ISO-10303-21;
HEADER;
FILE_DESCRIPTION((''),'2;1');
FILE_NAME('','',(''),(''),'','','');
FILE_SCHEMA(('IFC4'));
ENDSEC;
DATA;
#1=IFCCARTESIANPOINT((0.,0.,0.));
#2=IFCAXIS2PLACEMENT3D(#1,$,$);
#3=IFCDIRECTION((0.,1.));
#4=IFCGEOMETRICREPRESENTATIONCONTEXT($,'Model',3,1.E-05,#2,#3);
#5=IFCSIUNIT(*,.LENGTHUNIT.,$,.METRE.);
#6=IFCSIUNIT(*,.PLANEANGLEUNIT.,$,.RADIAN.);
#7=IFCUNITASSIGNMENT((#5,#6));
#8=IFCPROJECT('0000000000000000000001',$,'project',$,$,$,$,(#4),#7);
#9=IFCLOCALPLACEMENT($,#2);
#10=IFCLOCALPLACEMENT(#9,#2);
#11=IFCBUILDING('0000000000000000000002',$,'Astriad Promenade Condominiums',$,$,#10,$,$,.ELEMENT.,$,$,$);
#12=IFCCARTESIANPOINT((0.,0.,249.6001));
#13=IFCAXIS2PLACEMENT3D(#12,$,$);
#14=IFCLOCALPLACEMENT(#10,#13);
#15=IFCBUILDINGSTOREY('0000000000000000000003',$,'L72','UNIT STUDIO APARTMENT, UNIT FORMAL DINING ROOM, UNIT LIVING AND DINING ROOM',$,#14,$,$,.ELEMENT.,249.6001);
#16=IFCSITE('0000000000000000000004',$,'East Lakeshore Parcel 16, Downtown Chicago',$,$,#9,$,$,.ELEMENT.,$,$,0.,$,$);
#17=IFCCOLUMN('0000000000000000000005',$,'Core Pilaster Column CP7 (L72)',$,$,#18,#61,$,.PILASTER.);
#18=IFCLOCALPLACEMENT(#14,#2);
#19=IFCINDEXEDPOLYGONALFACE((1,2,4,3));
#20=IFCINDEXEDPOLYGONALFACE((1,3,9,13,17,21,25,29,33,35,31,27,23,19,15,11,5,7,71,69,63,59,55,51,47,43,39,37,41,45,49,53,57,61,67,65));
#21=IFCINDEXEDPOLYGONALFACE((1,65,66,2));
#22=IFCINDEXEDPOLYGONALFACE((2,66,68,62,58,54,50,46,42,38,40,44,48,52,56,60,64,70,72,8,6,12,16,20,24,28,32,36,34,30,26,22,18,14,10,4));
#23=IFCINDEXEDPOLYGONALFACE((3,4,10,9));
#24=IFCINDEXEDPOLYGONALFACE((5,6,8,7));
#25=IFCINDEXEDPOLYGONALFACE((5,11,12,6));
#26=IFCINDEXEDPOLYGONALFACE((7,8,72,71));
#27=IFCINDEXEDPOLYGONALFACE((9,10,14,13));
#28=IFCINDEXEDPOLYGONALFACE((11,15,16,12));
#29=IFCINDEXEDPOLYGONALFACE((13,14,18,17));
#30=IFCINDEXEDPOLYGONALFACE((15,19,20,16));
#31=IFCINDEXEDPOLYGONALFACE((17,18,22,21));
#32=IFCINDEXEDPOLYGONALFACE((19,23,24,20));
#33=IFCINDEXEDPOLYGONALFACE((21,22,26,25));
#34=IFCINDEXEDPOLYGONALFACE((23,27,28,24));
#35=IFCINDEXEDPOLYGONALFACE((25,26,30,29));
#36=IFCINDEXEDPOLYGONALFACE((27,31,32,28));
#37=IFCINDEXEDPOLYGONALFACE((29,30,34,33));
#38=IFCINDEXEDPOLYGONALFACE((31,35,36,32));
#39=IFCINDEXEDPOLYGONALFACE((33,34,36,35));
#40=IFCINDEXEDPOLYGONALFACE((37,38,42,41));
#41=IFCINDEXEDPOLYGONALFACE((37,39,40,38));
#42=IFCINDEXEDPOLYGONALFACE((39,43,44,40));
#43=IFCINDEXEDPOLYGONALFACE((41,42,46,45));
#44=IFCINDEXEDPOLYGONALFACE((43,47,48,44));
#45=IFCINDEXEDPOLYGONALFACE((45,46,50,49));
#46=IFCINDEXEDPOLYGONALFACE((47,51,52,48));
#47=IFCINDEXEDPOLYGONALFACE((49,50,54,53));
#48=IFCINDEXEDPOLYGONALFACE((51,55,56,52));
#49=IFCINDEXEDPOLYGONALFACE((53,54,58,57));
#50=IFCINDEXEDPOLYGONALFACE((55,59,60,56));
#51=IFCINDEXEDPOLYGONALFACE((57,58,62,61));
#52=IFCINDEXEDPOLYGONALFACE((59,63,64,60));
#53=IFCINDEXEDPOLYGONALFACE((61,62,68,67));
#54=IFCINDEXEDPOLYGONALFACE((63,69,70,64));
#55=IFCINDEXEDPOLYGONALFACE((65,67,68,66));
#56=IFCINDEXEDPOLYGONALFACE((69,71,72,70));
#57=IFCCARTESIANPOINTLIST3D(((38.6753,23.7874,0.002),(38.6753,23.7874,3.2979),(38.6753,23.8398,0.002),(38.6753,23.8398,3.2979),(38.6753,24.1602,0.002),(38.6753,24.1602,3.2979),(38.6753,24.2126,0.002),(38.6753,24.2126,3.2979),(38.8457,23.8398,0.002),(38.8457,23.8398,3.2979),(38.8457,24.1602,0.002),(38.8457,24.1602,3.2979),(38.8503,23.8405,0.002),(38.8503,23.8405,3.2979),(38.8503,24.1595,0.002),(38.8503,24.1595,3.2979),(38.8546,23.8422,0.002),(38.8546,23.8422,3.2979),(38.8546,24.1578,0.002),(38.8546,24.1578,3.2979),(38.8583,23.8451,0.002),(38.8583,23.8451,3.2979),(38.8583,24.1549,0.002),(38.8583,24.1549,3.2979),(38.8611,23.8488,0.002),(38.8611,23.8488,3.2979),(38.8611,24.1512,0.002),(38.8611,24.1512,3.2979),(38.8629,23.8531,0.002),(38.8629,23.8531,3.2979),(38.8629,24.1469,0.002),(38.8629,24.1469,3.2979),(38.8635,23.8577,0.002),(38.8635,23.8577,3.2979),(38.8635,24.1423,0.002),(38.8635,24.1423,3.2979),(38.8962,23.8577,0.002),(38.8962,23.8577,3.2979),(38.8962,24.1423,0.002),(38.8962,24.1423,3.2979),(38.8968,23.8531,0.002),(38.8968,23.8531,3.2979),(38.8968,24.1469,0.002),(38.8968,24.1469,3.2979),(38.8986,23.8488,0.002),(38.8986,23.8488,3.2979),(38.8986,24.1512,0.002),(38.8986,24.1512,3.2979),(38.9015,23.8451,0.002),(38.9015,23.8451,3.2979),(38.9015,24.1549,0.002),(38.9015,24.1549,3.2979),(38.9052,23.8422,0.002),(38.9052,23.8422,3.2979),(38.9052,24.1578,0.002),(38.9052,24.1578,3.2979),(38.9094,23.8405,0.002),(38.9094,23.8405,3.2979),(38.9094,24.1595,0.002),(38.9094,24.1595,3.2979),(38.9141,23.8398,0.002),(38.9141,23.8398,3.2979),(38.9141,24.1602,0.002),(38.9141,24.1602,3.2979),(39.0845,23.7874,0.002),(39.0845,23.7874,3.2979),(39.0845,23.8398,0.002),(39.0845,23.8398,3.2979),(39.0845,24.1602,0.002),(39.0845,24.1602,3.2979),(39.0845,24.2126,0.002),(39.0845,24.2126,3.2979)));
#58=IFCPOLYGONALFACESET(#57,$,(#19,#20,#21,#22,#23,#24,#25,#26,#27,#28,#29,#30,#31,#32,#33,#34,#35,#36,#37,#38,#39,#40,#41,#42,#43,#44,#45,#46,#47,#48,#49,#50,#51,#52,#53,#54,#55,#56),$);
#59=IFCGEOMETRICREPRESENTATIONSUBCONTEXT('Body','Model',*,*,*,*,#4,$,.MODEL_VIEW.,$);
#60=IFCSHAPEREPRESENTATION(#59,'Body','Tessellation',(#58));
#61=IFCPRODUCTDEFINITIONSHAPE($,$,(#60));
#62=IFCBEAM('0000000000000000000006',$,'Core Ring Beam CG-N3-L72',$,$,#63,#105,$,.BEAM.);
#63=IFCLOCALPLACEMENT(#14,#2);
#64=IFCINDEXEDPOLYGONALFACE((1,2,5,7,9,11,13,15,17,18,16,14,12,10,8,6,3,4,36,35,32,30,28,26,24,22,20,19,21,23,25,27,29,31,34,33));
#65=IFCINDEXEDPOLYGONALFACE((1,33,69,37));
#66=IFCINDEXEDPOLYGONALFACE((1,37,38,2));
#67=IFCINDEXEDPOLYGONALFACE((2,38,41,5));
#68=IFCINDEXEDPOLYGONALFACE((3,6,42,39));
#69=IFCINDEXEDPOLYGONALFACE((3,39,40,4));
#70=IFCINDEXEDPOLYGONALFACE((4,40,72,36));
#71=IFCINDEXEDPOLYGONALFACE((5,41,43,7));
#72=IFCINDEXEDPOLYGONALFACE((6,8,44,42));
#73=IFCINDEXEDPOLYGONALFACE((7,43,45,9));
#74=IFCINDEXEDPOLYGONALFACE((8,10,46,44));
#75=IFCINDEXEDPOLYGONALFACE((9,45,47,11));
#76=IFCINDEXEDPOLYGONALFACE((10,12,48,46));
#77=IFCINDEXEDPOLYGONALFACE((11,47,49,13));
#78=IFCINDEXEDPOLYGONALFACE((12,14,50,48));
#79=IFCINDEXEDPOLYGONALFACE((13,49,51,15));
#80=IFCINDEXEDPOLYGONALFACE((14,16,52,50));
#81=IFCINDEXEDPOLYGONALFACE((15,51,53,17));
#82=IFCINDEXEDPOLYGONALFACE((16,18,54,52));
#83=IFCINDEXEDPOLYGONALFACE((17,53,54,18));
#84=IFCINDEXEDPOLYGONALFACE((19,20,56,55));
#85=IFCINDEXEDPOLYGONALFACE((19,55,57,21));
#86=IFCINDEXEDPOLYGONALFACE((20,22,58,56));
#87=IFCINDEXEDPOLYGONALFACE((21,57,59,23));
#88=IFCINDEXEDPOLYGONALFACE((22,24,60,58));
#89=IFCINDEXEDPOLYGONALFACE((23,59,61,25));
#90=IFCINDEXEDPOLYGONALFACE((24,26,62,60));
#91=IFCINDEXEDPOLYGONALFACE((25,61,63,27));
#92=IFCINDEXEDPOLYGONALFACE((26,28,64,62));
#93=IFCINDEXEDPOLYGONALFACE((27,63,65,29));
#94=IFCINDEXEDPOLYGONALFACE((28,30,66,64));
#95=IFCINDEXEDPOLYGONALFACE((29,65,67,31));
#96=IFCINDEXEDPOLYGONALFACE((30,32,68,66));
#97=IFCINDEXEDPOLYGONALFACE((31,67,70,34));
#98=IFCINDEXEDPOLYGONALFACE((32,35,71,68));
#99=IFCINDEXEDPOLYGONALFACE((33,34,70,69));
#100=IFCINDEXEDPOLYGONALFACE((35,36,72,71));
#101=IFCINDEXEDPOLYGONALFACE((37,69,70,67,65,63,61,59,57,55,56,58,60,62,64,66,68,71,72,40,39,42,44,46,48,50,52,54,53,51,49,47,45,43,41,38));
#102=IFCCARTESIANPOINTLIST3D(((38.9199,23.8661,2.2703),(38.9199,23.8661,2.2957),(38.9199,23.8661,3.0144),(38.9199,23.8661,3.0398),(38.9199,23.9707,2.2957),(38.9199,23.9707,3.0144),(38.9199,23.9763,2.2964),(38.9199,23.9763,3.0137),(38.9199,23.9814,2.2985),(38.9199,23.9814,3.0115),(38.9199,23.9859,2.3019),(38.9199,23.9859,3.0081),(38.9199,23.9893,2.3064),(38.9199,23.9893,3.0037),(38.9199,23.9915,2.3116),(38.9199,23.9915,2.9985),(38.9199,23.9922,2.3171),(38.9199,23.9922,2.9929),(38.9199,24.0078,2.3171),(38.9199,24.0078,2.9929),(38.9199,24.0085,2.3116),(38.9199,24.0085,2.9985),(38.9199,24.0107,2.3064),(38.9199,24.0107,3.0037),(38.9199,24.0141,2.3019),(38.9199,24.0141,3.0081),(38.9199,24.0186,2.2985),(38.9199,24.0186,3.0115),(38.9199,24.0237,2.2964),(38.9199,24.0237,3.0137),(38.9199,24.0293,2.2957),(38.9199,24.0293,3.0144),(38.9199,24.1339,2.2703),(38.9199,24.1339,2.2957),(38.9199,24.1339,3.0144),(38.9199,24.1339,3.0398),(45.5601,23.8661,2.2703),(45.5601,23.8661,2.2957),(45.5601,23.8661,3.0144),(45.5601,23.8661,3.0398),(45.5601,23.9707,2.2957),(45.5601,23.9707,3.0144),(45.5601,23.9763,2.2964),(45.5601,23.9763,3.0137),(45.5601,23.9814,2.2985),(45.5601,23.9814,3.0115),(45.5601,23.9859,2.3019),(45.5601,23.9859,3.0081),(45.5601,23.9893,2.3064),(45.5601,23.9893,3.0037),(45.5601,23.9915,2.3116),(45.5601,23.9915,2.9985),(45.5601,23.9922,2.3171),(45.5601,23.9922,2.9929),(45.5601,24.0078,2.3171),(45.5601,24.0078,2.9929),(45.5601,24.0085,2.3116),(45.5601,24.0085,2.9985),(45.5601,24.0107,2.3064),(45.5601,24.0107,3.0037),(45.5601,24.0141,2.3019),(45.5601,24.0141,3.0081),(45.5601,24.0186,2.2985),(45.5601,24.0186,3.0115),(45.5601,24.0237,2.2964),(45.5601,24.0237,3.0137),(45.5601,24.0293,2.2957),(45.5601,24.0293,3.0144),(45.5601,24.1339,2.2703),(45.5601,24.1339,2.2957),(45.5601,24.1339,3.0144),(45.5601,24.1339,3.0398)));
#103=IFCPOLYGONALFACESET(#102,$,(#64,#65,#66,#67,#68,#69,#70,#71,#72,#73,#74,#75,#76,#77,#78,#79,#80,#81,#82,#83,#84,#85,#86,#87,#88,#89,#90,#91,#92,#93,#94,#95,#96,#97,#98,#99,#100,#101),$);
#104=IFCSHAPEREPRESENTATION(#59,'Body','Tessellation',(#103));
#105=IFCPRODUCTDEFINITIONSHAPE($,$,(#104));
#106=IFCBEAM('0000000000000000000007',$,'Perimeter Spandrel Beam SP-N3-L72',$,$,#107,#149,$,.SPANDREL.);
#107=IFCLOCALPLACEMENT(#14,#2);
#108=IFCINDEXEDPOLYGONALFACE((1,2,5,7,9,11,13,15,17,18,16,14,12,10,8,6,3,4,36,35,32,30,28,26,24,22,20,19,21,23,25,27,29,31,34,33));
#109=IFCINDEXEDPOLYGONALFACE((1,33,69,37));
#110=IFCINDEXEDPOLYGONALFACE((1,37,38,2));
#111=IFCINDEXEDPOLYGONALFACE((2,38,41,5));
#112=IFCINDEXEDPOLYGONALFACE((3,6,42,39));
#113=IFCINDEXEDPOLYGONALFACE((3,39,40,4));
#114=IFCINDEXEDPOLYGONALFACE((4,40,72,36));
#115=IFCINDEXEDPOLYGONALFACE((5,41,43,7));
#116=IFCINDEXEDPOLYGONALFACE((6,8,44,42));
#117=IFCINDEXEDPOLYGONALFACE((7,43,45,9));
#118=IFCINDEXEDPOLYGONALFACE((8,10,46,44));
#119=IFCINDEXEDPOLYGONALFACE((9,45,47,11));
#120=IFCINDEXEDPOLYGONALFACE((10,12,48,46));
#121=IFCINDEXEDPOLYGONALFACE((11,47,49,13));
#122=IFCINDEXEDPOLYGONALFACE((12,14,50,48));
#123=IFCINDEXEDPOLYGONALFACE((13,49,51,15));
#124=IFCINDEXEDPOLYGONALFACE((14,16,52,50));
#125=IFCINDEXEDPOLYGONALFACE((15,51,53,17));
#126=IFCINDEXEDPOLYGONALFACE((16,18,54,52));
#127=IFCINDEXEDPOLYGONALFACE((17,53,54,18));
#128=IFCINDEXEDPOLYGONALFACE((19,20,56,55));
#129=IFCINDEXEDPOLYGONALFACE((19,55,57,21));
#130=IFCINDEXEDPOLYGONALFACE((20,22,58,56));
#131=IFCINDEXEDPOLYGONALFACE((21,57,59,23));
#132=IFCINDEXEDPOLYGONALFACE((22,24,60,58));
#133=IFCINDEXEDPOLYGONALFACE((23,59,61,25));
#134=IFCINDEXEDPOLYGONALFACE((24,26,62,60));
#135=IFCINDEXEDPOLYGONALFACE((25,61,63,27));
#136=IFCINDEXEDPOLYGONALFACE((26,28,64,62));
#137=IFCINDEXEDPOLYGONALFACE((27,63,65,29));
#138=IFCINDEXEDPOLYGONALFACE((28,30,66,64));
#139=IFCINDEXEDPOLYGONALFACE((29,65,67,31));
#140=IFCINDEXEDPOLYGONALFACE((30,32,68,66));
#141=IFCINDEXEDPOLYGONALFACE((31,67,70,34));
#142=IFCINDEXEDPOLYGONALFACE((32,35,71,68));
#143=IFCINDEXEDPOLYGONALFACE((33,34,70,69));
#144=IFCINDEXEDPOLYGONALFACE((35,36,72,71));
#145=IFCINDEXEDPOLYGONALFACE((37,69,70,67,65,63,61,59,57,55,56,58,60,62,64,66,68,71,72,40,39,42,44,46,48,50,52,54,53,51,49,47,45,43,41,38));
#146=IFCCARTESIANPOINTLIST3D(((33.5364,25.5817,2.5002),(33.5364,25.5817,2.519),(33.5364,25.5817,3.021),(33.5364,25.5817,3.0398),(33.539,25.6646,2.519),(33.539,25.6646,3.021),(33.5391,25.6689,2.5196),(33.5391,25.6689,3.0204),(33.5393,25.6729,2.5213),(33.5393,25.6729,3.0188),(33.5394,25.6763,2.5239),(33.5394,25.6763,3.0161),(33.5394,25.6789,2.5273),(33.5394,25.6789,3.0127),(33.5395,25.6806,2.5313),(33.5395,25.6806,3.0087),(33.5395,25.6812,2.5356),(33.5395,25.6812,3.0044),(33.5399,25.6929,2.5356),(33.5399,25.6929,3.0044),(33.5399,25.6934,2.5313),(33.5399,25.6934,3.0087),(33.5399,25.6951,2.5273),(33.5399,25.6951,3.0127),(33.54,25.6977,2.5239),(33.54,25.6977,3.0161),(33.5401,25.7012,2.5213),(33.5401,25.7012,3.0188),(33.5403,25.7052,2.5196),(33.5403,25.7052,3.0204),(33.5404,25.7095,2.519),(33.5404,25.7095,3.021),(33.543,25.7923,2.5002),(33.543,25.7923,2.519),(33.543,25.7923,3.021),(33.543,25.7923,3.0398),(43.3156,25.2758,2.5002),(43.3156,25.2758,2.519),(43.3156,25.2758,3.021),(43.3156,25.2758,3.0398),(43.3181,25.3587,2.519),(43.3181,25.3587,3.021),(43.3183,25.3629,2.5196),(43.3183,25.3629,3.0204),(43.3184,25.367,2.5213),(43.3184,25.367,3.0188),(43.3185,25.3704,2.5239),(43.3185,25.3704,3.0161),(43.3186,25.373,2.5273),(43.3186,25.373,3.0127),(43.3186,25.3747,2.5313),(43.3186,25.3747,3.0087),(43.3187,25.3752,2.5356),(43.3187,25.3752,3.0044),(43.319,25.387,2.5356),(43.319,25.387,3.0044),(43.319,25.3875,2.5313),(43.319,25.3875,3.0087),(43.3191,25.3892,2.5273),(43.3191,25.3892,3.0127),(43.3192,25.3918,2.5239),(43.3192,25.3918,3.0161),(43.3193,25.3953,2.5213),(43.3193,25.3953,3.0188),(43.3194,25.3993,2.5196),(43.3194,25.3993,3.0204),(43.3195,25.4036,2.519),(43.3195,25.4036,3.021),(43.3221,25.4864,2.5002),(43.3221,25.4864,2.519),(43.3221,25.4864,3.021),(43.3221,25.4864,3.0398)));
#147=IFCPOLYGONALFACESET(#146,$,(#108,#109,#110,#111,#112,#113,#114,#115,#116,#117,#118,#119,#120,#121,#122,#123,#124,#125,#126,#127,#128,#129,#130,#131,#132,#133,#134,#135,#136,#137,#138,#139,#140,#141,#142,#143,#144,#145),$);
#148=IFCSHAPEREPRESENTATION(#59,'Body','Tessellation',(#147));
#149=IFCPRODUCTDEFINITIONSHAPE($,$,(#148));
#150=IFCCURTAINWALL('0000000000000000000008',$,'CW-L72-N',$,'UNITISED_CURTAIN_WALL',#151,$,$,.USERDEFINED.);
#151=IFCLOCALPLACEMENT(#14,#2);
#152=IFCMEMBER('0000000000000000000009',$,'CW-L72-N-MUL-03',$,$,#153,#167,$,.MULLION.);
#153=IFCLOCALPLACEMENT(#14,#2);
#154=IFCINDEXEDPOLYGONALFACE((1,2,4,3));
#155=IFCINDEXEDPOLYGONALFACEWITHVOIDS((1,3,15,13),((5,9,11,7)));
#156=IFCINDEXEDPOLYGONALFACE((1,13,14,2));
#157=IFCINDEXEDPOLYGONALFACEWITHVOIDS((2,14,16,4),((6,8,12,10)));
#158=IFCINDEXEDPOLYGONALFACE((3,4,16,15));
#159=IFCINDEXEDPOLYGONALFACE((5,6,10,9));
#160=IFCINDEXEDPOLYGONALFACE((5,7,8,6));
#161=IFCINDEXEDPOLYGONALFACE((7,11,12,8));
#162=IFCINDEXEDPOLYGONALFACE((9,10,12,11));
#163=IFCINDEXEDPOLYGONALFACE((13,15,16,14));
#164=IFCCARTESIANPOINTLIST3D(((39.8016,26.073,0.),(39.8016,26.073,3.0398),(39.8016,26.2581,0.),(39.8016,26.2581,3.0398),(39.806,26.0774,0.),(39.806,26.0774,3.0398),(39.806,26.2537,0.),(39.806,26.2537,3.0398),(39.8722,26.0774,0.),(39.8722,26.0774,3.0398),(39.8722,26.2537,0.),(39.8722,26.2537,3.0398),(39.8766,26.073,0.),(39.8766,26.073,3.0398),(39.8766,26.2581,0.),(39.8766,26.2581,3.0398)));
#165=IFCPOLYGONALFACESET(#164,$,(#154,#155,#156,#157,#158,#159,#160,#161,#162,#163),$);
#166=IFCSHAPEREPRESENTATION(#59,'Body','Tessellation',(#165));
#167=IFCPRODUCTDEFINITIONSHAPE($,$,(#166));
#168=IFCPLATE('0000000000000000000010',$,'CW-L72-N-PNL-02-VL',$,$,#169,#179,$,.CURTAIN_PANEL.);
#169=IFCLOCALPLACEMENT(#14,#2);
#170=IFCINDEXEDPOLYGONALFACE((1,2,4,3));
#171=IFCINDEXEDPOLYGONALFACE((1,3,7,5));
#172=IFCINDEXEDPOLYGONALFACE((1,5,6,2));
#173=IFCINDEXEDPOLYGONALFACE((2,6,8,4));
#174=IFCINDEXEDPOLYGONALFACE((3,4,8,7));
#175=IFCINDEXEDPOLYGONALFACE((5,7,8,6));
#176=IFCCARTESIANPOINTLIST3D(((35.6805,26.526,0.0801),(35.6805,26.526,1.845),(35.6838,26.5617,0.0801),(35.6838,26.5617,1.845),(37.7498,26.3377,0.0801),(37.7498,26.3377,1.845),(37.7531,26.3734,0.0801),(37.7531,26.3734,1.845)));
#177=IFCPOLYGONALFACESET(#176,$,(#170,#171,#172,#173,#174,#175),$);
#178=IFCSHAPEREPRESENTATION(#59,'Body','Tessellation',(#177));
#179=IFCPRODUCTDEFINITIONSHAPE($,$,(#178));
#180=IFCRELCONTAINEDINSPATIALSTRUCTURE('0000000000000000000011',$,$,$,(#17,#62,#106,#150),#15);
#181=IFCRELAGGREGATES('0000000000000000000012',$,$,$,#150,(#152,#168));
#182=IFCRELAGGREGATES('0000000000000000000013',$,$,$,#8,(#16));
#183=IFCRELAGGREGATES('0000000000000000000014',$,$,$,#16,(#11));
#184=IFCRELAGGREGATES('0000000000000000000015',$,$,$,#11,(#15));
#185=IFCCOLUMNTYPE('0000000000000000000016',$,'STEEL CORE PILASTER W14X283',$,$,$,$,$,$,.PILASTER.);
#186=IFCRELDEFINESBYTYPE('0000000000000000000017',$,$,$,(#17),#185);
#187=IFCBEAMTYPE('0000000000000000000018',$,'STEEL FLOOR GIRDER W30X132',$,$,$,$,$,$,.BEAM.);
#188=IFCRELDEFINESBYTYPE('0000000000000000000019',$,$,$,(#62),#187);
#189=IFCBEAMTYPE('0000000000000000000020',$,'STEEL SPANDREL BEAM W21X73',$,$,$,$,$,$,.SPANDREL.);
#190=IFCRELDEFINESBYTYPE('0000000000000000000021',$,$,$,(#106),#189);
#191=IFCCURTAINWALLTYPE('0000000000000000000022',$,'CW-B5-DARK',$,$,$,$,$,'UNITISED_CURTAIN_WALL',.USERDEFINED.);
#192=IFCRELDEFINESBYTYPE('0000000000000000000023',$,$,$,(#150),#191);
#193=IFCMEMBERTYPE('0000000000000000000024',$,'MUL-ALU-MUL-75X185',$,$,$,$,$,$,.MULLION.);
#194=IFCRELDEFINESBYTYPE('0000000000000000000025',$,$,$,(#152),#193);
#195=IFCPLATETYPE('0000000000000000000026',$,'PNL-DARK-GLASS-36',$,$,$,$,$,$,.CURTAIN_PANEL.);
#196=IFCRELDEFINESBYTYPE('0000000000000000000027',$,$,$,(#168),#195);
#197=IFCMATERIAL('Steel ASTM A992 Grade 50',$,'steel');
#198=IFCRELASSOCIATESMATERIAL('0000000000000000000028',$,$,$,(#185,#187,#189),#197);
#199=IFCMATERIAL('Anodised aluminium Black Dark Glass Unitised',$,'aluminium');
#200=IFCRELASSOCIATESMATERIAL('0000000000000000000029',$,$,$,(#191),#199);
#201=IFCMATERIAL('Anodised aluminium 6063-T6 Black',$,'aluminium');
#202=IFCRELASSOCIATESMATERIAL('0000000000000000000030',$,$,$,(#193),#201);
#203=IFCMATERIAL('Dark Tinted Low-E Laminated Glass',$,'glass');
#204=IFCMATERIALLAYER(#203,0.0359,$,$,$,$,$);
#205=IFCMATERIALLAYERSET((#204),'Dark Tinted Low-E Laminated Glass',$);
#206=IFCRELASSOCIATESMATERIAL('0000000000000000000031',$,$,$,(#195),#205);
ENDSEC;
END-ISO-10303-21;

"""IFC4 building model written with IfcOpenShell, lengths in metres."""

from ifc_helpers import new_model, si_unit, direction, frame, origin, origin_2d, place, context, subcontext, project, spatial, rectangle, hollow_rectangle, i_section, extrude, source, transform, mapped, material, layer, layer_set, material_profile, profile_set, type_object, type_shapes, element, aggregate, save


model = new_model("IFC4")

# Units and contexts
model_context = context("Model", 3, precision=1e-05, world=origin(), true_north=direction((0.0, 1.0)))
body_context = subcontext(model_context, "Body", "Model", "MODEL_VIEW")
ifc_project = project(units=[si_unit("LENGTHUNIT", "METRE"), si_unit("PLANEANGLEUNIT", "RADIAN")], contexts=[model_context])

# Site, building, storey
site_placement = place(None, origin())
site = spatial("IfcSite", under=ifc_project, at=site_placement, Name="East Lakeshore Parcel 16, Downtown Chicago", CompositionType="ELEMENT", RefElevation=0.0)
building_placement = place(site_placement, origin())
building = spatial("IfcBuilding", under=site, at=building_placement, Name="Astriad Promenade Condominiums", CompositionType="ELEMENT")
storey_placement = place(building_placement, frame((0.0, 0.0, 249.6001)))
storey = spatial("IfcBuildingStorey", under=building, at=storey_placement, Name="L72", Description="UNIT STUDIO APARTMENT, UNIT FORMAL DINING ROOM, UNIT LIVING AND DINING ROOM", CompositionType="ELEMENT", Elevation=249.6001)

# Column
ifc_material_1 = material(Name="Steel ASTM A992 Grade 50", Category="steel")
ifc_material_profile_1 = material_profile(ifc_material_1, i_section(OverallWidth=0.4092, OverallDepth=0.4253, WebThickness=0.0327, FlangeThickness=0.0525, FilletRadius=0.0178, at=origin_2d()), Name="W14X283")
ifc_profile_set_1 = profile_set([ifc_material_profile_1], Name="Steel ASTM A992 Grade 50")
column_type = type_object("IfcColumnType", Name="STEEL CORE PILASTER W14X283", PredefinedType="PILASTER", material=ifc_profile_set_1)
shared_shape_1 = source(origin(), body_context, "Body", "SweptSolid", [
    extrude(i_section(OverallWidth=0.4092, OverallDepth=0.4253, WebThickness=0.0327, FlangeThickness=0.0525, FilletRadius=0.0178, at=origin_2d()), origin(), (0.0, 0.0, 1.0), 3.2959),
])
type_shapes(column_type, [shared_shape_1])
column_placement = place(storey_placement, frame((38.8799, 24.0, 0.002), z_axis=(0.0, 0.0, 1.0), x_axis=(1.0, 0.0, 0.0)))
element("IfcColumn", 1, at=column_placement, inside=storey, type_object=column_type, Name="Core Pilaster Column CP7 (L72)", PredefinedType="PILASTER", context=body_context, shape_type="MappedRepresentation", body=[
    mapped(shared_shape_1, transform((0.0, 0.0, 0.0), scale=1.0)),
])

# Beams
ifc_material_profile_2 = material_profile(ifc_material_1, i_section(OverallWidth=0.2678, OverallDepth=0.7695, WebThickness=0.0156, FlangeThickness=0.0254, FilletRadius=0.0215, at=origin_2d()), Name="W30X132")
ifc_profile_set_2 = profile_set([ifc_material_profile_2], Name="Steel ASTM A992 Grade 50")
beam_type_1 = type_object("IfcBeamType", Name="STEEL FLOOR GIRDER W30X132", PredefinedType="BEAM", material=ifc_profile_set_2)
shared_shape_2 = source(origin(), body_context, "Body", "SweptSolid", [
    extrude(i_section(OverallWidth=0.2678, OverallDepth=0.7695, WebThickness=0.0156, FlangeThickness=0.0254, FilletRadius=0.0215, at=origin_2d()), origin(), (0.0, 0.0, 1.0), 6.6401),
])
type_shapes(beam_type_1, [shared_shape_2])
beam_1_placement = place(storey_placement, frame((38.9199, 24.0, 2.655), z_axis=(1.0, 0.0, 0.0), x_axis=(0.0, 1.0, 0.0)))
element("IfcBeam", 2, at=beam_1_placement, inside=storey, type_object=beam_type_1, Name="Core Ring Beam CG-N3-L72", PredefinedType="BEAM", context=body_context, shape_type="MappedRepresentation", body=[
    mapped(shared_shape_2, transform((0.0, 0.0, 0.0), scale=1.0)),
])
ifc_material_profile_3 = material_profile(ifc_material_1, i_section(OverallWidth=0.2107, OverallDepth=0.5396, WebThickness=0.0117, FlangeThickness=0.0188, FilletRadius=0.0166, at=origin_2d()), Name="W21X73")
ifc_profile_set_3 = profile_set([ifc_material_profile_3], Name="Steel ASTM A992 Grade 50")
beam_type_2 = type_object("IfcBeamType", Name="STEEL SPANDREL BEAM W21X73", PredefinedType="SPANDREL", material=ifc_profile_set_3)
shared_shape_3 = source(origin(), body_context, "Body", "SweptSolid", [
    extrude(i_section(OverallWidth=0.2107, OverallDepth=0.5396, WebThickness=0.0117, FlangeThickness=0.0188, FilletRadius=0.0166, at=origin_2d()), origin(), (0.0, 0.0, 1.0), 9.7839),
])
type_shapes(beam_type_2, [shared_shape_3])
beam_2_placement = place(storey_placement, frame((43.3188, 25.3811, 2.77), z_axis=(-0.999511, 0.031267, 0.0), x_axis=(-0.031267, -0.999511, 0.0)))
element("IfcBeam", 3, at=beam_2_placement, inside=storey, type_object=beam_type_2, Name="Perimeter Spandrel Beam SP-N3-L72", PredefinedType="SPANDREL", context=body_context, shape_type="MappedRepresentation", body=[
    mapped(shared_shape_3, transform((0.0, 0.0, 0.0), scale=1.0)),
])

# Curtain wall, member, plate
ifc_material_2 = material(Name="Anodised aluminium Black Dark Glass Unitised", Category="aluminium")
curtain_wall_type = type_object("IfcCurtainWallType", Name="CW-B5-DARK", ElementType="UNITISED_CURTAIN_WALL", PredefinedType="USERDEFINED", material=ifc_material_2)
curtain_wall_placement = place(storey_placement, origin())
curtain_wall = element("IfcCurtainWall", 4, at=curtain_wall_placement, inside=storey, type_object=curtain_wall_type, Name="CW-L72-N", ObjectType="UNITISED_CURTAIN_WALL", PredefinedType="USERDEFINED")
ifc_material_3 = material(Name="Anodised aluminium 6063-T6 Black", Category="aluminium")
ifc_material_profile_4 = material_profile(ifc_material_3, hollow_rectangle(XDim=0.075, YDim=0.1851, WallThickness=0.0044, at=origin_2d()), Name="ALU-MUL-75X185")
ifc_profile_set_4 = profile_set([ifc_material_profile_4], Name="Anodised aluminium 6063-T6 Black")
member_type = type_object("IfcMemberType", Name="MUL-ALU-MUL-75X185", PredefinedType="MULLION", material=ifc_profile_set_4)
shared_shape_4 = source(origin(), body_context, "Body", "SweptSolid", [
    extrude(hollow_rectangle(XDim=0.075, YDim=0.1851, WallThickness=0.0044, at=origin_2d()), origin(), (0.0, 0.0, 1.0), 3.0398),
])
type_shapes(member_type, [shared_shape_4])
member_placement = place(storey_placement, frame((39.8391, 26.1655, 0.0), z_axis=(0.0, 0.0, 1.0), x_axis=(1.0, 0.0, 0.0)))
member = element("IfcMember", 5, at=member_placement, type_object=member_type, Name="CW-L72-N-MUL-03", PredefinedType="MULLION", context=body_context, shape_type="MappedRepresentation", body=[
    mapped(shared_shape_4, transform((0.0, 0.0, 0.0), scale=1.0)),
])
ifc_material_4 = material(Name="Dark Tinted Low-E Laminated Glass", Category="glass")
ifc_layer_1 = layer(ifc_material_4, 0.0359)
ifc_layer_set_1 = layer_set([ifc_layer_1], Name="Dark Tinted Low-E Laminated Glass")
plate_type = type_object("IfcPlateType", Name="PNL-DARK-GLASS-36", PredefinedType="CURTAIN_PANEL", material=ifc_layer_set_1)
shared_shape_5 = source(origin(), body_context, "Body", "SweptSolid", [
    extrude(rectangle(XDim=2.0779, YDim=0.0359, at=origin_2d()), origin(), (0.0, 0.0, 1.0), 1.7649),
])
plate_1_placement = place(storey_placement, frame((36.7168, 26.4497, 0.0801), z_axis=(0.0, 0.0, 1.0), x_axis=(0.995884, -0.090633, 0.0)))
plate_1 = element("IfcPlate", 6, at=plate_1_placement, type_object=plate_type, Name="CW-L72-N-PNL-02-VL", PredefinedType="CURTAIN_PANEL", context=body_context, shape_type="MappedRepresentation", body=[
    mapped(shared_shape_5, transform((0.0, 0.0, 0.0), scale=1.0)),
])
aggregate(curtain_wall, [member, plate_1])

save(model, "model.ifc")
